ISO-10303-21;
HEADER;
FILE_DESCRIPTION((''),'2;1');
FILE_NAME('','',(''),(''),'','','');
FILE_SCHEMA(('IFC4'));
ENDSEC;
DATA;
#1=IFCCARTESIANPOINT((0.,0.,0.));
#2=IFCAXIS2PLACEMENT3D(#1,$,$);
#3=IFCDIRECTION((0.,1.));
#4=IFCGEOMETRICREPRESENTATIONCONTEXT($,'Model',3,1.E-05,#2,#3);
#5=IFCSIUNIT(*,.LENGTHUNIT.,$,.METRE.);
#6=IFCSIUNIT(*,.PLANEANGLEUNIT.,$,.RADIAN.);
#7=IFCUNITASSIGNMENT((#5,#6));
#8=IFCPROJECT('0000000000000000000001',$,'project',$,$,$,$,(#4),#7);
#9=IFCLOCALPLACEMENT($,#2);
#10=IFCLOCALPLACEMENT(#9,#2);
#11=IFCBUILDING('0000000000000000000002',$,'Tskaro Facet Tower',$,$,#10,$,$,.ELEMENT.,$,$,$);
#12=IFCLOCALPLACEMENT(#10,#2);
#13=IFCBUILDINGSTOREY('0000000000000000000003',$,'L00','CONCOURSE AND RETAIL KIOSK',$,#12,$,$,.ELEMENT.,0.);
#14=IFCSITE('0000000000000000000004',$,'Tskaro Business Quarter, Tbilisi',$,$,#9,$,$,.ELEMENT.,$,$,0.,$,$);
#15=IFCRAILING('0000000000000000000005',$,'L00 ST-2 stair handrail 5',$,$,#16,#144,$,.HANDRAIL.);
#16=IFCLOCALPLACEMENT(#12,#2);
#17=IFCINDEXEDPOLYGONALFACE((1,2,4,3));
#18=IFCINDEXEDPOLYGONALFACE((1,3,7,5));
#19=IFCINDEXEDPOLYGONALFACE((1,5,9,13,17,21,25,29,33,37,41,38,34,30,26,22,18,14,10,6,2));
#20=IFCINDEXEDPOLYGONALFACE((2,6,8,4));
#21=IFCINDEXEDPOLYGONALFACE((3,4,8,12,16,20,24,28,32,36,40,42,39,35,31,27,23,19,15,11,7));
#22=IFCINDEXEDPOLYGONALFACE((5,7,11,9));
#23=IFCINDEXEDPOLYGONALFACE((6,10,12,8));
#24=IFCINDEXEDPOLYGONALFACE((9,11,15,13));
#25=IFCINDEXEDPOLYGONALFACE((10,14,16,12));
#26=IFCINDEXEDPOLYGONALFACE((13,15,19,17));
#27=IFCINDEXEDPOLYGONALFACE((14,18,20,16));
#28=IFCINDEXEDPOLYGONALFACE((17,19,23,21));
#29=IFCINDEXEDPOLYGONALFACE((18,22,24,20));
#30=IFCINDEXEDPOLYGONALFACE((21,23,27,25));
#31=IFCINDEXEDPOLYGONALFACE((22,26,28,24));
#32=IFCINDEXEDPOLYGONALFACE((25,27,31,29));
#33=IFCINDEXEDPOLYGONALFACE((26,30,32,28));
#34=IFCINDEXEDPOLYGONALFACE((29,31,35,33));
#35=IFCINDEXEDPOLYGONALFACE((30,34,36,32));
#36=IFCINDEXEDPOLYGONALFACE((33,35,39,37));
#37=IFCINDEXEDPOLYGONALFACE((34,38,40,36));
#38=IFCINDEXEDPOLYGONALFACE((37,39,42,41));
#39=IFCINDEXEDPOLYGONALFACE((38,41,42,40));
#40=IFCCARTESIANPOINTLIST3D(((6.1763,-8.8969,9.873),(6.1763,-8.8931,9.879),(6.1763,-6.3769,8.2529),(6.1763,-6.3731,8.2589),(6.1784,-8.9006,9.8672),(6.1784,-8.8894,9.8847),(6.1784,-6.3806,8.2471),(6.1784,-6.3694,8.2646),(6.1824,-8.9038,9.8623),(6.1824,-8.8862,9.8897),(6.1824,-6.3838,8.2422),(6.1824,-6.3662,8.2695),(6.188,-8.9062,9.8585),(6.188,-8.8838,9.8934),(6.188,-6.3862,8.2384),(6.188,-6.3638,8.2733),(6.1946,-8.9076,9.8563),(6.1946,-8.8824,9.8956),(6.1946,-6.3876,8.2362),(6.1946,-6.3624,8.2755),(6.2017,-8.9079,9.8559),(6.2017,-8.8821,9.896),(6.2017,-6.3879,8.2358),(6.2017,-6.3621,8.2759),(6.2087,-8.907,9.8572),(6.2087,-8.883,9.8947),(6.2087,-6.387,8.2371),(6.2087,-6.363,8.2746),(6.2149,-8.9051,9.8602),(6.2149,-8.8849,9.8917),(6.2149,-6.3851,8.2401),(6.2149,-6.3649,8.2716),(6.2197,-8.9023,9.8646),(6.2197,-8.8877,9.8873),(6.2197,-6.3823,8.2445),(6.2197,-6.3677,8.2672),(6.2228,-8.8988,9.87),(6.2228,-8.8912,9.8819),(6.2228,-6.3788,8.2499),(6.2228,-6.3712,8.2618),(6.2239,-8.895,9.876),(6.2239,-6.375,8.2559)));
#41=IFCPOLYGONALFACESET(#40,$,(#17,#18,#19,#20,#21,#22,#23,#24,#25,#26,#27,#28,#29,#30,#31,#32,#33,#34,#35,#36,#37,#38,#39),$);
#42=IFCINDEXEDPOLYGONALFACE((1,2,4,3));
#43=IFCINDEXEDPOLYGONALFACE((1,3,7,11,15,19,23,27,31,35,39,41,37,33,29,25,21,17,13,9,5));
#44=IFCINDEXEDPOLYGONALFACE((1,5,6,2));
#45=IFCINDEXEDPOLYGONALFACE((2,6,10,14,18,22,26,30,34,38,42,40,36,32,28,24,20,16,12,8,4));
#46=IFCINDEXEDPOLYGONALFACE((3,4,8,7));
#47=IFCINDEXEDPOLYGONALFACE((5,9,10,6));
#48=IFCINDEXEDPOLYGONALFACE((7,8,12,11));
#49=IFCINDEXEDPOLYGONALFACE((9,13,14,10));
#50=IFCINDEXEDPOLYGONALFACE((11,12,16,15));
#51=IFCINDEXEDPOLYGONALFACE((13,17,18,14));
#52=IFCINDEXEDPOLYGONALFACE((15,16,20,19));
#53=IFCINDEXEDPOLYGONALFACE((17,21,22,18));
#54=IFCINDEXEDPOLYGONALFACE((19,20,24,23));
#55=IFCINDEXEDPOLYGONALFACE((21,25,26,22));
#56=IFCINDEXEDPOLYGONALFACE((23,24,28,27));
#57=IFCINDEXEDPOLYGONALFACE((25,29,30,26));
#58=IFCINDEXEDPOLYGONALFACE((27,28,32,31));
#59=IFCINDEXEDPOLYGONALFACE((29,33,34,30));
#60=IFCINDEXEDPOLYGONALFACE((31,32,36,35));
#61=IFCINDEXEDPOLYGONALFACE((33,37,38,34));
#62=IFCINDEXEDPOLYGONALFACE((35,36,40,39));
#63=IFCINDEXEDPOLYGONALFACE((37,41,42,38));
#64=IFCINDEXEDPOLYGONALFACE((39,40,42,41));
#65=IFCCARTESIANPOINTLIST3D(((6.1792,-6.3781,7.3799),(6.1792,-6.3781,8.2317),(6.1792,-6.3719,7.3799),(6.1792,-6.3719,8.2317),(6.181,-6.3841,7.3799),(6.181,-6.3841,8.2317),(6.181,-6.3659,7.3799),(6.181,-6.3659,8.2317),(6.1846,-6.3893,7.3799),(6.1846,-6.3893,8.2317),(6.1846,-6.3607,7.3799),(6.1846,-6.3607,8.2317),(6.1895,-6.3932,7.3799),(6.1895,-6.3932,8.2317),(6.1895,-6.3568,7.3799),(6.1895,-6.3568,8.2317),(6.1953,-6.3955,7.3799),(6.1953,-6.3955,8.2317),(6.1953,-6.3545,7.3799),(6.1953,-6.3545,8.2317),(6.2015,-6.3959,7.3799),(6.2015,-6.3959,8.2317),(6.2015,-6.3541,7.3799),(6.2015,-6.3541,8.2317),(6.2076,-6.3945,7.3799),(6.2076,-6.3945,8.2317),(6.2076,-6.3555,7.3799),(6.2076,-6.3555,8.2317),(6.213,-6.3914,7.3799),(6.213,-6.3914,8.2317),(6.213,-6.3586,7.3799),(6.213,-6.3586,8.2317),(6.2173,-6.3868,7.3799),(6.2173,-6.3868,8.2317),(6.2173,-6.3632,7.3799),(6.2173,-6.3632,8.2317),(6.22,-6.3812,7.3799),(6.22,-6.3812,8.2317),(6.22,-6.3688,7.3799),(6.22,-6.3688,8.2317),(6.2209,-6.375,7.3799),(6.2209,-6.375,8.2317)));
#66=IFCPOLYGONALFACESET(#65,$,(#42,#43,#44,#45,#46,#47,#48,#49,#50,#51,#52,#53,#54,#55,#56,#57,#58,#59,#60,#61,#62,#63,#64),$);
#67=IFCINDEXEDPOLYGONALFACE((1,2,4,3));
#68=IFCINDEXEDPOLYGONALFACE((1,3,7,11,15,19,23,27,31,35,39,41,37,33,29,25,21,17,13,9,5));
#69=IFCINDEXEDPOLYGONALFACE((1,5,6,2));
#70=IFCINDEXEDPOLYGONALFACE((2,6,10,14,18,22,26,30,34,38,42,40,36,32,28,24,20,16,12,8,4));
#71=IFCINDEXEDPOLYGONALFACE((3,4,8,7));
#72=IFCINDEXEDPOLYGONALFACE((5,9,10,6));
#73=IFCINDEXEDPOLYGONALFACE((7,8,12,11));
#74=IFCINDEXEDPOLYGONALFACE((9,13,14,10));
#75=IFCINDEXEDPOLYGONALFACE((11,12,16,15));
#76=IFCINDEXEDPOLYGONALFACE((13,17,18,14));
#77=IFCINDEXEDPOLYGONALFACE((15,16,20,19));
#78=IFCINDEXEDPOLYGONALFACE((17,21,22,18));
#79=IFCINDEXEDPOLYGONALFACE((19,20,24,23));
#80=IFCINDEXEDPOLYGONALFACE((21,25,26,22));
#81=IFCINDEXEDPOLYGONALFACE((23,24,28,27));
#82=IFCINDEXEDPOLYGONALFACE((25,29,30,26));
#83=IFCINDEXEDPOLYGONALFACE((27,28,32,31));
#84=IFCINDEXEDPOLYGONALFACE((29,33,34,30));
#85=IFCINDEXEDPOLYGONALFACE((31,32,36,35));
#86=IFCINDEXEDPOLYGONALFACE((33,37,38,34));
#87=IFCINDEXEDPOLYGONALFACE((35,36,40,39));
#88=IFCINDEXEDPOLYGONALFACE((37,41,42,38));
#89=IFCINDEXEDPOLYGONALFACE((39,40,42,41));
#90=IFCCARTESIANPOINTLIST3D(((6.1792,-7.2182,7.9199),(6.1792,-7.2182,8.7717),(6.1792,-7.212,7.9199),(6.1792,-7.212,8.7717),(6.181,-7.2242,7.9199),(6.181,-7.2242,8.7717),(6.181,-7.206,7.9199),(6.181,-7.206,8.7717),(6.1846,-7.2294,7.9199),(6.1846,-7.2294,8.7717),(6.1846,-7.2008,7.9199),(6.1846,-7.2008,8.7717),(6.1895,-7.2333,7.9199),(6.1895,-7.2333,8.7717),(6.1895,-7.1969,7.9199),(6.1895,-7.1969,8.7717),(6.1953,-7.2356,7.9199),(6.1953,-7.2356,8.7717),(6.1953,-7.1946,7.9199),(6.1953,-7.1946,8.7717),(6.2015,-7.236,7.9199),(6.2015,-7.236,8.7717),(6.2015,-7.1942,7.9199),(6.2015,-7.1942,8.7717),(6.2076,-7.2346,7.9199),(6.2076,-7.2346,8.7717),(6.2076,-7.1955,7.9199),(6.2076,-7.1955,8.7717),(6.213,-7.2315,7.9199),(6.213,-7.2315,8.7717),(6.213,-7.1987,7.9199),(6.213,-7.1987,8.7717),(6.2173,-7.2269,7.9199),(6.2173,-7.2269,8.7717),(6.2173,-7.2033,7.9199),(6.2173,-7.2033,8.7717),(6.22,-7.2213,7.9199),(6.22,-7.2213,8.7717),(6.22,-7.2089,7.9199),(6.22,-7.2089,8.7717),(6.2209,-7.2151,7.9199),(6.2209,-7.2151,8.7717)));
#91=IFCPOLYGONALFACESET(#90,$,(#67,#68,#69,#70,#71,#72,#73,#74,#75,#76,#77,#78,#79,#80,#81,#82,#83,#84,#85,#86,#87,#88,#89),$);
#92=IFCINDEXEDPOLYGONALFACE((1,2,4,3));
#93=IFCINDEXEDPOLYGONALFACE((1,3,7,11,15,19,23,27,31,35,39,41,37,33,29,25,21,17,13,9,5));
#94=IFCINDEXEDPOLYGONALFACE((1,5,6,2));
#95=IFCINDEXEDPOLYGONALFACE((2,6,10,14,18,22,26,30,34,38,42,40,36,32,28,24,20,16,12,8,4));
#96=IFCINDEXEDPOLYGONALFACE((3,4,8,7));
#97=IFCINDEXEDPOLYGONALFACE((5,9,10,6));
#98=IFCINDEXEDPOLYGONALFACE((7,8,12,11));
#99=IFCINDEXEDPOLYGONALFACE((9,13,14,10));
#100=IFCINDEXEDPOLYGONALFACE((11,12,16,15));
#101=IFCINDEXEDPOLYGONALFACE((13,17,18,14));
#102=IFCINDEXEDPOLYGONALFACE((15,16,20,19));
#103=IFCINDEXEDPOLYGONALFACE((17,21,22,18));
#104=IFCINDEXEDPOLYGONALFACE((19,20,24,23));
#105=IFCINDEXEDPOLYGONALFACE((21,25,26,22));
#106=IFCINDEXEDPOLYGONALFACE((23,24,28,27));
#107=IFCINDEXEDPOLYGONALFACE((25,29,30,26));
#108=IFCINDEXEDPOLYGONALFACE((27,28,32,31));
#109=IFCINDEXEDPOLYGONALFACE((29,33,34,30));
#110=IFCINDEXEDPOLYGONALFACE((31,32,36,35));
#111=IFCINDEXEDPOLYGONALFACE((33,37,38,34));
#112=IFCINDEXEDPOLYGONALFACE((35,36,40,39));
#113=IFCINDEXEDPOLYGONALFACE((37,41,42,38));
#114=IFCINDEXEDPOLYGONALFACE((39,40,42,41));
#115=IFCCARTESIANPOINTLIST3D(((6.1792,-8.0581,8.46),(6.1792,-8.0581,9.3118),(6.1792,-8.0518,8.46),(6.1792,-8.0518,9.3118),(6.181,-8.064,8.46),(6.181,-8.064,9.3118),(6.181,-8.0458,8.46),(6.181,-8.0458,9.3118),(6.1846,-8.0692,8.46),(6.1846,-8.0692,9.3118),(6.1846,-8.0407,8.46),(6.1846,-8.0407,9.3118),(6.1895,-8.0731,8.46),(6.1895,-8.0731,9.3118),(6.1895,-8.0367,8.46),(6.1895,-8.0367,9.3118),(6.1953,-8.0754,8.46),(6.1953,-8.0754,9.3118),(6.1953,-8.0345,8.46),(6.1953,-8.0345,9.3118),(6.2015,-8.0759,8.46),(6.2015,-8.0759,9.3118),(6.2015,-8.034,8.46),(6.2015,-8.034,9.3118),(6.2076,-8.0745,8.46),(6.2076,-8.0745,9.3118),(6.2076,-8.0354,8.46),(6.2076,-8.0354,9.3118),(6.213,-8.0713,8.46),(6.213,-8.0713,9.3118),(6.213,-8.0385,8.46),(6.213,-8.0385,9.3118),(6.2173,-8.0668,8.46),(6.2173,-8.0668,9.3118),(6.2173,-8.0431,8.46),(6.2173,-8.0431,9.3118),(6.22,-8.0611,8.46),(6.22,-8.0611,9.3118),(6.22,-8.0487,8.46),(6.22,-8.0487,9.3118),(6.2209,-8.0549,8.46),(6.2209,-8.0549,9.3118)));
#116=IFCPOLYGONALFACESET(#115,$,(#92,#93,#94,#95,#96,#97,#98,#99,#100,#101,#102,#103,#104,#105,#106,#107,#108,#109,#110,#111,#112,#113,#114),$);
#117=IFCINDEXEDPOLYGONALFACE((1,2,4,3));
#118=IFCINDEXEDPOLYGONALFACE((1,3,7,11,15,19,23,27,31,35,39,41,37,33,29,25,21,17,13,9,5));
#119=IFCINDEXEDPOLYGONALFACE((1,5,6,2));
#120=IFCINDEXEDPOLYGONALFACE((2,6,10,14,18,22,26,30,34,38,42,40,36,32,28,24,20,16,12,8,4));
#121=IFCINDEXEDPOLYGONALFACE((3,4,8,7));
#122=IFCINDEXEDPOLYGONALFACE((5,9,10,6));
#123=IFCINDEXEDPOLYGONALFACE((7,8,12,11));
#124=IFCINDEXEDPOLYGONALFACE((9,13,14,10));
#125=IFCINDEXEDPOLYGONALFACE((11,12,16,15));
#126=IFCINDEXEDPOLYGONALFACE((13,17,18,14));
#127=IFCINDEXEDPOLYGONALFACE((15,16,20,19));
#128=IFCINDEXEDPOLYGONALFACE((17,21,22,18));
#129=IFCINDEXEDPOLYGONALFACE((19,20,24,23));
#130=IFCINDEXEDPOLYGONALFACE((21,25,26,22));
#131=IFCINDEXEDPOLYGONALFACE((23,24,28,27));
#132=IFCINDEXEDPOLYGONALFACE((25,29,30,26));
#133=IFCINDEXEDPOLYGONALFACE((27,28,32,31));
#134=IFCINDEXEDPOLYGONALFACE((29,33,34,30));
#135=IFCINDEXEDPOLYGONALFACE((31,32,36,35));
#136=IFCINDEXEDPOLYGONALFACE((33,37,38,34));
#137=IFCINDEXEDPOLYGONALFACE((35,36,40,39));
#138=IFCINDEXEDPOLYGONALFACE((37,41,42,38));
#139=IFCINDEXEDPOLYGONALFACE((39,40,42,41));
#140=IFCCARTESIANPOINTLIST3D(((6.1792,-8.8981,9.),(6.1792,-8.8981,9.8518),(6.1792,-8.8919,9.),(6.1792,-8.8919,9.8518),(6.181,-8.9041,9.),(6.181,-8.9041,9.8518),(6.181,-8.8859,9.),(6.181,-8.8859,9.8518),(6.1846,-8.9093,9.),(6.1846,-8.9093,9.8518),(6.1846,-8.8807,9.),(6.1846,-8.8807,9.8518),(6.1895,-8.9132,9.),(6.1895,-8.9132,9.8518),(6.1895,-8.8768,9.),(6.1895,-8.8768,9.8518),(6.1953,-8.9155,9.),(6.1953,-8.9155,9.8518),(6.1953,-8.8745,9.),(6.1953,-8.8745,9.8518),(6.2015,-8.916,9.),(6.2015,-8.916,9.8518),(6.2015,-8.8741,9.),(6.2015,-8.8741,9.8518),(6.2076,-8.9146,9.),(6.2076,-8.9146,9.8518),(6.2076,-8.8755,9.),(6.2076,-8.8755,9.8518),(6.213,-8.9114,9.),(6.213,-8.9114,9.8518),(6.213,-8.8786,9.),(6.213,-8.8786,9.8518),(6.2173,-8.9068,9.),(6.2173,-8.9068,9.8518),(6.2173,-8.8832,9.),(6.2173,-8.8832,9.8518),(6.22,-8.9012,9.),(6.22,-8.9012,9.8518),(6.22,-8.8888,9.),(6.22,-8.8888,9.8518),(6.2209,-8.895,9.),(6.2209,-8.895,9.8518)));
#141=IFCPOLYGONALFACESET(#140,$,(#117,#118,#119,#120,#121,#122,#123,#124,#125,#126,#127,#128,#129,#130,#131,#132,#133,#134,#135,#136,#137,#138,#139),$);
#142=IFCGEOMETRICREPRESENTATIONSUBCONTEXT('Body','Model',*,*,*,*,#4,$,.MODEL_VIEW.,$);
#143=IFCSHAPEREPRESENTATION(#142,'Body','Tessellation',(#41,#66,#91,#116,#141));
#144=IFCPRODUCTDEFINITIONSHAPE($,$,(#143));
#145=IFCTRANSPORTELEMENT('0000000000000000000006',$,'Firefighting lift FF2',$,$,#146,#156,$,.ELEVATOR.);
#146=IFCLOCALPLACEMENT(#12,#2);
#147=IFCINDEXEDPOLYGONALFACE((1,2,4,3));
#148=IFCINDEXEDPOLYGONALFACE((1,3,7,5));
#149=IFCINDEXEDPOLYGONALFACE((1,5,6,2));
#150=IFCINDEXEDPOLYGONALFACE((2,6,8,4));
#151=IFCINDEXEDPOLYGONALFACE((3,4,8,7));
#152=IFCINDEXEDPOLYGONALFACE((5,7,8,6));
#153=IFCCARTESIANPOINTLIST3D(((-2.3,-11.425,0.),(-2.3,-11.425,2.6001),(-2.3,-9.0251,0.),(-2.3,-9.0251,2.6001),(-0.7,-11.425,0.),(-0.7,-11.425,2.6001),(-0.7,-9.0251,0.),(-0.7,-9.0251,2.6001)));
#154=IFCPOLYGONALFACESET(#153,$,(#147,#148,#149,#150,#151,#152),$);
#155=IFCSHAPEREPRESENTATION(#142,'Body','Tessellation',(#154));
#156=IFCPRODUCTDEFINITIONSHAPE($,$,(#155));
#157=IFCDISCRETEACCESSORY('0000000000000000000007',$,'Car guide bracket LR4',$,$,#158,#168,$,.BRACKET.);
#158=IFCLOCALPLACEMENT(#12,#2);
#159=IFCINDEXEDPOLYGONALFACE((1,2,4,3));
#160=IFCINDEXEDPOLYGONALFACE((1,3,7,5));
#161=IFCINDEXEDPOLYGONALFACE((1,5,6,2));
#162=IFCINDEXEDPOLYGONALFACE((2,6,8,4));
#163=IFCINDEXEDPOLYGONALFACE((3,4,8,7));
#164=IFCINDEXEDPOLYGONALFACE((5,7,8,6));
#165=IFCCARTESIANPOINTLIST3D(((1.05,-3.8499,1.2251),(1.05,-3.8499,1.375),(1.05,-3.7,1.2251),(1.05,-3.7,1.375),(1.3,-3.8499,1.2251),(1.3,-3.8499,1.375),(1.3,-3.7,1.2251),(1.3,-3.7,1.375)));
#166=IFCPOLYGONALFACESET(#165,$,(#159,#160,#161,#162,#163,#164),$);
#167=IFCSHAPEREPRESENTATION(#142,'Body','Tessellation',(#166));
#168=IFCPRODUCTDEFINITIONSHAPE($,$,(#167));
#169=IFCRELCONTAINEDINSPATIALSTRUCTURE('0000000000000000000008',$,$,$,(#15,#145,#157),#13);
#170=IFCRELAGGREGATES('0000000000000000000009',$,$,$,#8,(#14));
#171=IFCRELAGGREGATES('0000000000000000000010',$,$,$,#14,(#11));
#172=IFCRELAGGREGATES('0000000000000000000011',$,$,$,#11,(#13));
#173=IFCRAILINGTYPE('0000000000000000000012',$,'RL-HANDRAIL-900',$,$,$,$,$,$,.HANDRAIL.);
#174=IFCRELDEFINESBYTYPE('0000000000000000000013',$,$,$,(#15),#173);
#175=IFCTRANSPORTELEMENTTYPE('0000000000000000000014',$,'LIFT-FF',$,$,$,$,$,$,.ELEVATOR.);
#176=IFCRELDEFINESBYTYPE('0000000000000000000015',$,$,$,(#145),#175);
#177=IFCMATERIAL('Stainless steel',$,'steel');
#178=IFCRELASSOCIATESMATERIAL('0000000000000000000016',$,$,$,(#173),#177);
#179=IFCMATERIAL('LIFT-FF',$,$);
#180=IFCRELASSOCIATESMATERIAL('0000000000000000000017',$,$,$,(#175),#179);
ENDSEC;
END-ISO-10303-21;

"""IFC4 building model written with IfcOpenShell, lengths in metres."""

from ifc_helpers import new_model, si_unit, direction, frame, origin, origin_2d, place, context, subcontext, project, spatial, rectangle, circle, extrude, material, type_object, element, save


model = new_model("IFC4")

# Units and contexts
model_context = context("Model", 3, precision=1e-05, world=origin(), true_north=direction((0.0, 1.0)))
body_context = subcontext(model_context, "Body", "Model", "MODEL_VIEW")
ifc_project = project(units=[si_unit("LENGTHUNIT", "METRE"), si_unit("PLANEANGLEUNIT", "RADIAN")], contexts=[model_context])

# Site, building, storey
site_placement = place(None, origin())
site = spatial("IfcSite", under=ifc_project, at=site_placement, Name="Tskaro Business Quarter, Tbilisi", CompositionType="ELEMENT", RefElevation=0.0)
building_placement = place(site_placement, origin())
building = spatial("IfcBuilding", under=site, at=building_placement, Name="Tskaro Facet Tower", CompositionType="ELEMENT")
storey_placement = place(building_placement, origin())
storey = spatial("IfcBuildingStorey", under=building, at=storey_placement, Name="L00", Description="CONCOURSE AND RETAIL KIOSK", CompositionType="ELEMENT", Elevation=0.0)

# Railing
ifc_material_1 = material(Name="Stainless steel", Category="steel")
railing_type_1 = type_object("IfcRailingType", Name="RL-HANDRAIL-900", PredefinedType="HANDRAIL", material=ifc_material_1)
railing_1_placement = place(storey_placement, frame((6.2, -6.375, 7.3799)))
element("IfcRailing", 1, at=railing_1_placement, inside=storey, type_object=railing_type_1, Name="L00 ST-2 stair handrail 5", PredefinedType="HANDRAIL", context=body_context, shape_type="SweptSolid", body=[
    extrude(circle(Radius=0.0239, at=origin_2d()), frame((0.0, 0.0, 0.876), z_axis=(0.0, -0.841163, 0.540782), x_axis=(1.0, 0.0, 0.0)), (0.0, 0.0, 1.0), 2.9958),
    extrude(circle(Radius=0.021, at=origin_2d()), origin(), (0.0, 0.0, 1.0), 0.8518),
    extrude(circle(Radius=0.021, at=origin_2d()), frame((0.0, -0.8401, 0.54)), (0.0, 0.0, 1.0), 0.8518),
    extrude(circle(Radius=0.021, at=origin_2d()), frame((0.0, -1.6799, 1.0801)), (0.0, 0.0, 1.0), 0.8518),
    extrude(circle(Radius=0.021, at=origin_2d()), frame((0.0, -2.52, 1.6201)), (0.0, 0.0, 1.0), 0.8518),
])

# Transport element
ifc_material_2 = material(Name="LIFT-FF")
transport_element_type = type_object("IfcTransportElementType", Name="LIFT-FF", PredefinedType="ELEVATOR", material=ifc_material_2)
transport_element_placement = place(storey_placement, frame((-1.5, -10.2251, 0.0), z_axis=(0.0, 0.0, 1.0), x_axis=(1.0, 0.0, 0.0)))
element("IfcTransportElement", 2, at=transport_element_placement, inside=storey, type_object=transport_element_type, Name="Firefighting lift FF2", PredefinedType="ELEVATOR", context=body_context, shape_type="SweptSolid", body=[
    extrude(rectangle(XDim=1.6001, YDim=2.3999, at=origin_2d()), origin(), (0.0, 0.0, 1.0), 2.6001),
])

# Discrete accessory
discrete_accessory_placement = place(storey_placement, frame((1.175, -3.7749, 1.2251), z_axis=(0.0, 0.0, 1.0), x_axis=(1.0, 0.0, 0.0)))
element("IfcDiscreteAccessory", 3, at=discrete_accessory_placement, inside=storey, Name="Car guide bracket LR4", PredefinedType="BRACKET", context=body_context, shape_type="SweptSolid", body=[
    extrude(rectangle(XDim=0.25, YDim=0.1499, at=origin_2d()), origin(), (0.0, 0.0, 1.0), 0.1499),
])

save(model, "model.ifc")
